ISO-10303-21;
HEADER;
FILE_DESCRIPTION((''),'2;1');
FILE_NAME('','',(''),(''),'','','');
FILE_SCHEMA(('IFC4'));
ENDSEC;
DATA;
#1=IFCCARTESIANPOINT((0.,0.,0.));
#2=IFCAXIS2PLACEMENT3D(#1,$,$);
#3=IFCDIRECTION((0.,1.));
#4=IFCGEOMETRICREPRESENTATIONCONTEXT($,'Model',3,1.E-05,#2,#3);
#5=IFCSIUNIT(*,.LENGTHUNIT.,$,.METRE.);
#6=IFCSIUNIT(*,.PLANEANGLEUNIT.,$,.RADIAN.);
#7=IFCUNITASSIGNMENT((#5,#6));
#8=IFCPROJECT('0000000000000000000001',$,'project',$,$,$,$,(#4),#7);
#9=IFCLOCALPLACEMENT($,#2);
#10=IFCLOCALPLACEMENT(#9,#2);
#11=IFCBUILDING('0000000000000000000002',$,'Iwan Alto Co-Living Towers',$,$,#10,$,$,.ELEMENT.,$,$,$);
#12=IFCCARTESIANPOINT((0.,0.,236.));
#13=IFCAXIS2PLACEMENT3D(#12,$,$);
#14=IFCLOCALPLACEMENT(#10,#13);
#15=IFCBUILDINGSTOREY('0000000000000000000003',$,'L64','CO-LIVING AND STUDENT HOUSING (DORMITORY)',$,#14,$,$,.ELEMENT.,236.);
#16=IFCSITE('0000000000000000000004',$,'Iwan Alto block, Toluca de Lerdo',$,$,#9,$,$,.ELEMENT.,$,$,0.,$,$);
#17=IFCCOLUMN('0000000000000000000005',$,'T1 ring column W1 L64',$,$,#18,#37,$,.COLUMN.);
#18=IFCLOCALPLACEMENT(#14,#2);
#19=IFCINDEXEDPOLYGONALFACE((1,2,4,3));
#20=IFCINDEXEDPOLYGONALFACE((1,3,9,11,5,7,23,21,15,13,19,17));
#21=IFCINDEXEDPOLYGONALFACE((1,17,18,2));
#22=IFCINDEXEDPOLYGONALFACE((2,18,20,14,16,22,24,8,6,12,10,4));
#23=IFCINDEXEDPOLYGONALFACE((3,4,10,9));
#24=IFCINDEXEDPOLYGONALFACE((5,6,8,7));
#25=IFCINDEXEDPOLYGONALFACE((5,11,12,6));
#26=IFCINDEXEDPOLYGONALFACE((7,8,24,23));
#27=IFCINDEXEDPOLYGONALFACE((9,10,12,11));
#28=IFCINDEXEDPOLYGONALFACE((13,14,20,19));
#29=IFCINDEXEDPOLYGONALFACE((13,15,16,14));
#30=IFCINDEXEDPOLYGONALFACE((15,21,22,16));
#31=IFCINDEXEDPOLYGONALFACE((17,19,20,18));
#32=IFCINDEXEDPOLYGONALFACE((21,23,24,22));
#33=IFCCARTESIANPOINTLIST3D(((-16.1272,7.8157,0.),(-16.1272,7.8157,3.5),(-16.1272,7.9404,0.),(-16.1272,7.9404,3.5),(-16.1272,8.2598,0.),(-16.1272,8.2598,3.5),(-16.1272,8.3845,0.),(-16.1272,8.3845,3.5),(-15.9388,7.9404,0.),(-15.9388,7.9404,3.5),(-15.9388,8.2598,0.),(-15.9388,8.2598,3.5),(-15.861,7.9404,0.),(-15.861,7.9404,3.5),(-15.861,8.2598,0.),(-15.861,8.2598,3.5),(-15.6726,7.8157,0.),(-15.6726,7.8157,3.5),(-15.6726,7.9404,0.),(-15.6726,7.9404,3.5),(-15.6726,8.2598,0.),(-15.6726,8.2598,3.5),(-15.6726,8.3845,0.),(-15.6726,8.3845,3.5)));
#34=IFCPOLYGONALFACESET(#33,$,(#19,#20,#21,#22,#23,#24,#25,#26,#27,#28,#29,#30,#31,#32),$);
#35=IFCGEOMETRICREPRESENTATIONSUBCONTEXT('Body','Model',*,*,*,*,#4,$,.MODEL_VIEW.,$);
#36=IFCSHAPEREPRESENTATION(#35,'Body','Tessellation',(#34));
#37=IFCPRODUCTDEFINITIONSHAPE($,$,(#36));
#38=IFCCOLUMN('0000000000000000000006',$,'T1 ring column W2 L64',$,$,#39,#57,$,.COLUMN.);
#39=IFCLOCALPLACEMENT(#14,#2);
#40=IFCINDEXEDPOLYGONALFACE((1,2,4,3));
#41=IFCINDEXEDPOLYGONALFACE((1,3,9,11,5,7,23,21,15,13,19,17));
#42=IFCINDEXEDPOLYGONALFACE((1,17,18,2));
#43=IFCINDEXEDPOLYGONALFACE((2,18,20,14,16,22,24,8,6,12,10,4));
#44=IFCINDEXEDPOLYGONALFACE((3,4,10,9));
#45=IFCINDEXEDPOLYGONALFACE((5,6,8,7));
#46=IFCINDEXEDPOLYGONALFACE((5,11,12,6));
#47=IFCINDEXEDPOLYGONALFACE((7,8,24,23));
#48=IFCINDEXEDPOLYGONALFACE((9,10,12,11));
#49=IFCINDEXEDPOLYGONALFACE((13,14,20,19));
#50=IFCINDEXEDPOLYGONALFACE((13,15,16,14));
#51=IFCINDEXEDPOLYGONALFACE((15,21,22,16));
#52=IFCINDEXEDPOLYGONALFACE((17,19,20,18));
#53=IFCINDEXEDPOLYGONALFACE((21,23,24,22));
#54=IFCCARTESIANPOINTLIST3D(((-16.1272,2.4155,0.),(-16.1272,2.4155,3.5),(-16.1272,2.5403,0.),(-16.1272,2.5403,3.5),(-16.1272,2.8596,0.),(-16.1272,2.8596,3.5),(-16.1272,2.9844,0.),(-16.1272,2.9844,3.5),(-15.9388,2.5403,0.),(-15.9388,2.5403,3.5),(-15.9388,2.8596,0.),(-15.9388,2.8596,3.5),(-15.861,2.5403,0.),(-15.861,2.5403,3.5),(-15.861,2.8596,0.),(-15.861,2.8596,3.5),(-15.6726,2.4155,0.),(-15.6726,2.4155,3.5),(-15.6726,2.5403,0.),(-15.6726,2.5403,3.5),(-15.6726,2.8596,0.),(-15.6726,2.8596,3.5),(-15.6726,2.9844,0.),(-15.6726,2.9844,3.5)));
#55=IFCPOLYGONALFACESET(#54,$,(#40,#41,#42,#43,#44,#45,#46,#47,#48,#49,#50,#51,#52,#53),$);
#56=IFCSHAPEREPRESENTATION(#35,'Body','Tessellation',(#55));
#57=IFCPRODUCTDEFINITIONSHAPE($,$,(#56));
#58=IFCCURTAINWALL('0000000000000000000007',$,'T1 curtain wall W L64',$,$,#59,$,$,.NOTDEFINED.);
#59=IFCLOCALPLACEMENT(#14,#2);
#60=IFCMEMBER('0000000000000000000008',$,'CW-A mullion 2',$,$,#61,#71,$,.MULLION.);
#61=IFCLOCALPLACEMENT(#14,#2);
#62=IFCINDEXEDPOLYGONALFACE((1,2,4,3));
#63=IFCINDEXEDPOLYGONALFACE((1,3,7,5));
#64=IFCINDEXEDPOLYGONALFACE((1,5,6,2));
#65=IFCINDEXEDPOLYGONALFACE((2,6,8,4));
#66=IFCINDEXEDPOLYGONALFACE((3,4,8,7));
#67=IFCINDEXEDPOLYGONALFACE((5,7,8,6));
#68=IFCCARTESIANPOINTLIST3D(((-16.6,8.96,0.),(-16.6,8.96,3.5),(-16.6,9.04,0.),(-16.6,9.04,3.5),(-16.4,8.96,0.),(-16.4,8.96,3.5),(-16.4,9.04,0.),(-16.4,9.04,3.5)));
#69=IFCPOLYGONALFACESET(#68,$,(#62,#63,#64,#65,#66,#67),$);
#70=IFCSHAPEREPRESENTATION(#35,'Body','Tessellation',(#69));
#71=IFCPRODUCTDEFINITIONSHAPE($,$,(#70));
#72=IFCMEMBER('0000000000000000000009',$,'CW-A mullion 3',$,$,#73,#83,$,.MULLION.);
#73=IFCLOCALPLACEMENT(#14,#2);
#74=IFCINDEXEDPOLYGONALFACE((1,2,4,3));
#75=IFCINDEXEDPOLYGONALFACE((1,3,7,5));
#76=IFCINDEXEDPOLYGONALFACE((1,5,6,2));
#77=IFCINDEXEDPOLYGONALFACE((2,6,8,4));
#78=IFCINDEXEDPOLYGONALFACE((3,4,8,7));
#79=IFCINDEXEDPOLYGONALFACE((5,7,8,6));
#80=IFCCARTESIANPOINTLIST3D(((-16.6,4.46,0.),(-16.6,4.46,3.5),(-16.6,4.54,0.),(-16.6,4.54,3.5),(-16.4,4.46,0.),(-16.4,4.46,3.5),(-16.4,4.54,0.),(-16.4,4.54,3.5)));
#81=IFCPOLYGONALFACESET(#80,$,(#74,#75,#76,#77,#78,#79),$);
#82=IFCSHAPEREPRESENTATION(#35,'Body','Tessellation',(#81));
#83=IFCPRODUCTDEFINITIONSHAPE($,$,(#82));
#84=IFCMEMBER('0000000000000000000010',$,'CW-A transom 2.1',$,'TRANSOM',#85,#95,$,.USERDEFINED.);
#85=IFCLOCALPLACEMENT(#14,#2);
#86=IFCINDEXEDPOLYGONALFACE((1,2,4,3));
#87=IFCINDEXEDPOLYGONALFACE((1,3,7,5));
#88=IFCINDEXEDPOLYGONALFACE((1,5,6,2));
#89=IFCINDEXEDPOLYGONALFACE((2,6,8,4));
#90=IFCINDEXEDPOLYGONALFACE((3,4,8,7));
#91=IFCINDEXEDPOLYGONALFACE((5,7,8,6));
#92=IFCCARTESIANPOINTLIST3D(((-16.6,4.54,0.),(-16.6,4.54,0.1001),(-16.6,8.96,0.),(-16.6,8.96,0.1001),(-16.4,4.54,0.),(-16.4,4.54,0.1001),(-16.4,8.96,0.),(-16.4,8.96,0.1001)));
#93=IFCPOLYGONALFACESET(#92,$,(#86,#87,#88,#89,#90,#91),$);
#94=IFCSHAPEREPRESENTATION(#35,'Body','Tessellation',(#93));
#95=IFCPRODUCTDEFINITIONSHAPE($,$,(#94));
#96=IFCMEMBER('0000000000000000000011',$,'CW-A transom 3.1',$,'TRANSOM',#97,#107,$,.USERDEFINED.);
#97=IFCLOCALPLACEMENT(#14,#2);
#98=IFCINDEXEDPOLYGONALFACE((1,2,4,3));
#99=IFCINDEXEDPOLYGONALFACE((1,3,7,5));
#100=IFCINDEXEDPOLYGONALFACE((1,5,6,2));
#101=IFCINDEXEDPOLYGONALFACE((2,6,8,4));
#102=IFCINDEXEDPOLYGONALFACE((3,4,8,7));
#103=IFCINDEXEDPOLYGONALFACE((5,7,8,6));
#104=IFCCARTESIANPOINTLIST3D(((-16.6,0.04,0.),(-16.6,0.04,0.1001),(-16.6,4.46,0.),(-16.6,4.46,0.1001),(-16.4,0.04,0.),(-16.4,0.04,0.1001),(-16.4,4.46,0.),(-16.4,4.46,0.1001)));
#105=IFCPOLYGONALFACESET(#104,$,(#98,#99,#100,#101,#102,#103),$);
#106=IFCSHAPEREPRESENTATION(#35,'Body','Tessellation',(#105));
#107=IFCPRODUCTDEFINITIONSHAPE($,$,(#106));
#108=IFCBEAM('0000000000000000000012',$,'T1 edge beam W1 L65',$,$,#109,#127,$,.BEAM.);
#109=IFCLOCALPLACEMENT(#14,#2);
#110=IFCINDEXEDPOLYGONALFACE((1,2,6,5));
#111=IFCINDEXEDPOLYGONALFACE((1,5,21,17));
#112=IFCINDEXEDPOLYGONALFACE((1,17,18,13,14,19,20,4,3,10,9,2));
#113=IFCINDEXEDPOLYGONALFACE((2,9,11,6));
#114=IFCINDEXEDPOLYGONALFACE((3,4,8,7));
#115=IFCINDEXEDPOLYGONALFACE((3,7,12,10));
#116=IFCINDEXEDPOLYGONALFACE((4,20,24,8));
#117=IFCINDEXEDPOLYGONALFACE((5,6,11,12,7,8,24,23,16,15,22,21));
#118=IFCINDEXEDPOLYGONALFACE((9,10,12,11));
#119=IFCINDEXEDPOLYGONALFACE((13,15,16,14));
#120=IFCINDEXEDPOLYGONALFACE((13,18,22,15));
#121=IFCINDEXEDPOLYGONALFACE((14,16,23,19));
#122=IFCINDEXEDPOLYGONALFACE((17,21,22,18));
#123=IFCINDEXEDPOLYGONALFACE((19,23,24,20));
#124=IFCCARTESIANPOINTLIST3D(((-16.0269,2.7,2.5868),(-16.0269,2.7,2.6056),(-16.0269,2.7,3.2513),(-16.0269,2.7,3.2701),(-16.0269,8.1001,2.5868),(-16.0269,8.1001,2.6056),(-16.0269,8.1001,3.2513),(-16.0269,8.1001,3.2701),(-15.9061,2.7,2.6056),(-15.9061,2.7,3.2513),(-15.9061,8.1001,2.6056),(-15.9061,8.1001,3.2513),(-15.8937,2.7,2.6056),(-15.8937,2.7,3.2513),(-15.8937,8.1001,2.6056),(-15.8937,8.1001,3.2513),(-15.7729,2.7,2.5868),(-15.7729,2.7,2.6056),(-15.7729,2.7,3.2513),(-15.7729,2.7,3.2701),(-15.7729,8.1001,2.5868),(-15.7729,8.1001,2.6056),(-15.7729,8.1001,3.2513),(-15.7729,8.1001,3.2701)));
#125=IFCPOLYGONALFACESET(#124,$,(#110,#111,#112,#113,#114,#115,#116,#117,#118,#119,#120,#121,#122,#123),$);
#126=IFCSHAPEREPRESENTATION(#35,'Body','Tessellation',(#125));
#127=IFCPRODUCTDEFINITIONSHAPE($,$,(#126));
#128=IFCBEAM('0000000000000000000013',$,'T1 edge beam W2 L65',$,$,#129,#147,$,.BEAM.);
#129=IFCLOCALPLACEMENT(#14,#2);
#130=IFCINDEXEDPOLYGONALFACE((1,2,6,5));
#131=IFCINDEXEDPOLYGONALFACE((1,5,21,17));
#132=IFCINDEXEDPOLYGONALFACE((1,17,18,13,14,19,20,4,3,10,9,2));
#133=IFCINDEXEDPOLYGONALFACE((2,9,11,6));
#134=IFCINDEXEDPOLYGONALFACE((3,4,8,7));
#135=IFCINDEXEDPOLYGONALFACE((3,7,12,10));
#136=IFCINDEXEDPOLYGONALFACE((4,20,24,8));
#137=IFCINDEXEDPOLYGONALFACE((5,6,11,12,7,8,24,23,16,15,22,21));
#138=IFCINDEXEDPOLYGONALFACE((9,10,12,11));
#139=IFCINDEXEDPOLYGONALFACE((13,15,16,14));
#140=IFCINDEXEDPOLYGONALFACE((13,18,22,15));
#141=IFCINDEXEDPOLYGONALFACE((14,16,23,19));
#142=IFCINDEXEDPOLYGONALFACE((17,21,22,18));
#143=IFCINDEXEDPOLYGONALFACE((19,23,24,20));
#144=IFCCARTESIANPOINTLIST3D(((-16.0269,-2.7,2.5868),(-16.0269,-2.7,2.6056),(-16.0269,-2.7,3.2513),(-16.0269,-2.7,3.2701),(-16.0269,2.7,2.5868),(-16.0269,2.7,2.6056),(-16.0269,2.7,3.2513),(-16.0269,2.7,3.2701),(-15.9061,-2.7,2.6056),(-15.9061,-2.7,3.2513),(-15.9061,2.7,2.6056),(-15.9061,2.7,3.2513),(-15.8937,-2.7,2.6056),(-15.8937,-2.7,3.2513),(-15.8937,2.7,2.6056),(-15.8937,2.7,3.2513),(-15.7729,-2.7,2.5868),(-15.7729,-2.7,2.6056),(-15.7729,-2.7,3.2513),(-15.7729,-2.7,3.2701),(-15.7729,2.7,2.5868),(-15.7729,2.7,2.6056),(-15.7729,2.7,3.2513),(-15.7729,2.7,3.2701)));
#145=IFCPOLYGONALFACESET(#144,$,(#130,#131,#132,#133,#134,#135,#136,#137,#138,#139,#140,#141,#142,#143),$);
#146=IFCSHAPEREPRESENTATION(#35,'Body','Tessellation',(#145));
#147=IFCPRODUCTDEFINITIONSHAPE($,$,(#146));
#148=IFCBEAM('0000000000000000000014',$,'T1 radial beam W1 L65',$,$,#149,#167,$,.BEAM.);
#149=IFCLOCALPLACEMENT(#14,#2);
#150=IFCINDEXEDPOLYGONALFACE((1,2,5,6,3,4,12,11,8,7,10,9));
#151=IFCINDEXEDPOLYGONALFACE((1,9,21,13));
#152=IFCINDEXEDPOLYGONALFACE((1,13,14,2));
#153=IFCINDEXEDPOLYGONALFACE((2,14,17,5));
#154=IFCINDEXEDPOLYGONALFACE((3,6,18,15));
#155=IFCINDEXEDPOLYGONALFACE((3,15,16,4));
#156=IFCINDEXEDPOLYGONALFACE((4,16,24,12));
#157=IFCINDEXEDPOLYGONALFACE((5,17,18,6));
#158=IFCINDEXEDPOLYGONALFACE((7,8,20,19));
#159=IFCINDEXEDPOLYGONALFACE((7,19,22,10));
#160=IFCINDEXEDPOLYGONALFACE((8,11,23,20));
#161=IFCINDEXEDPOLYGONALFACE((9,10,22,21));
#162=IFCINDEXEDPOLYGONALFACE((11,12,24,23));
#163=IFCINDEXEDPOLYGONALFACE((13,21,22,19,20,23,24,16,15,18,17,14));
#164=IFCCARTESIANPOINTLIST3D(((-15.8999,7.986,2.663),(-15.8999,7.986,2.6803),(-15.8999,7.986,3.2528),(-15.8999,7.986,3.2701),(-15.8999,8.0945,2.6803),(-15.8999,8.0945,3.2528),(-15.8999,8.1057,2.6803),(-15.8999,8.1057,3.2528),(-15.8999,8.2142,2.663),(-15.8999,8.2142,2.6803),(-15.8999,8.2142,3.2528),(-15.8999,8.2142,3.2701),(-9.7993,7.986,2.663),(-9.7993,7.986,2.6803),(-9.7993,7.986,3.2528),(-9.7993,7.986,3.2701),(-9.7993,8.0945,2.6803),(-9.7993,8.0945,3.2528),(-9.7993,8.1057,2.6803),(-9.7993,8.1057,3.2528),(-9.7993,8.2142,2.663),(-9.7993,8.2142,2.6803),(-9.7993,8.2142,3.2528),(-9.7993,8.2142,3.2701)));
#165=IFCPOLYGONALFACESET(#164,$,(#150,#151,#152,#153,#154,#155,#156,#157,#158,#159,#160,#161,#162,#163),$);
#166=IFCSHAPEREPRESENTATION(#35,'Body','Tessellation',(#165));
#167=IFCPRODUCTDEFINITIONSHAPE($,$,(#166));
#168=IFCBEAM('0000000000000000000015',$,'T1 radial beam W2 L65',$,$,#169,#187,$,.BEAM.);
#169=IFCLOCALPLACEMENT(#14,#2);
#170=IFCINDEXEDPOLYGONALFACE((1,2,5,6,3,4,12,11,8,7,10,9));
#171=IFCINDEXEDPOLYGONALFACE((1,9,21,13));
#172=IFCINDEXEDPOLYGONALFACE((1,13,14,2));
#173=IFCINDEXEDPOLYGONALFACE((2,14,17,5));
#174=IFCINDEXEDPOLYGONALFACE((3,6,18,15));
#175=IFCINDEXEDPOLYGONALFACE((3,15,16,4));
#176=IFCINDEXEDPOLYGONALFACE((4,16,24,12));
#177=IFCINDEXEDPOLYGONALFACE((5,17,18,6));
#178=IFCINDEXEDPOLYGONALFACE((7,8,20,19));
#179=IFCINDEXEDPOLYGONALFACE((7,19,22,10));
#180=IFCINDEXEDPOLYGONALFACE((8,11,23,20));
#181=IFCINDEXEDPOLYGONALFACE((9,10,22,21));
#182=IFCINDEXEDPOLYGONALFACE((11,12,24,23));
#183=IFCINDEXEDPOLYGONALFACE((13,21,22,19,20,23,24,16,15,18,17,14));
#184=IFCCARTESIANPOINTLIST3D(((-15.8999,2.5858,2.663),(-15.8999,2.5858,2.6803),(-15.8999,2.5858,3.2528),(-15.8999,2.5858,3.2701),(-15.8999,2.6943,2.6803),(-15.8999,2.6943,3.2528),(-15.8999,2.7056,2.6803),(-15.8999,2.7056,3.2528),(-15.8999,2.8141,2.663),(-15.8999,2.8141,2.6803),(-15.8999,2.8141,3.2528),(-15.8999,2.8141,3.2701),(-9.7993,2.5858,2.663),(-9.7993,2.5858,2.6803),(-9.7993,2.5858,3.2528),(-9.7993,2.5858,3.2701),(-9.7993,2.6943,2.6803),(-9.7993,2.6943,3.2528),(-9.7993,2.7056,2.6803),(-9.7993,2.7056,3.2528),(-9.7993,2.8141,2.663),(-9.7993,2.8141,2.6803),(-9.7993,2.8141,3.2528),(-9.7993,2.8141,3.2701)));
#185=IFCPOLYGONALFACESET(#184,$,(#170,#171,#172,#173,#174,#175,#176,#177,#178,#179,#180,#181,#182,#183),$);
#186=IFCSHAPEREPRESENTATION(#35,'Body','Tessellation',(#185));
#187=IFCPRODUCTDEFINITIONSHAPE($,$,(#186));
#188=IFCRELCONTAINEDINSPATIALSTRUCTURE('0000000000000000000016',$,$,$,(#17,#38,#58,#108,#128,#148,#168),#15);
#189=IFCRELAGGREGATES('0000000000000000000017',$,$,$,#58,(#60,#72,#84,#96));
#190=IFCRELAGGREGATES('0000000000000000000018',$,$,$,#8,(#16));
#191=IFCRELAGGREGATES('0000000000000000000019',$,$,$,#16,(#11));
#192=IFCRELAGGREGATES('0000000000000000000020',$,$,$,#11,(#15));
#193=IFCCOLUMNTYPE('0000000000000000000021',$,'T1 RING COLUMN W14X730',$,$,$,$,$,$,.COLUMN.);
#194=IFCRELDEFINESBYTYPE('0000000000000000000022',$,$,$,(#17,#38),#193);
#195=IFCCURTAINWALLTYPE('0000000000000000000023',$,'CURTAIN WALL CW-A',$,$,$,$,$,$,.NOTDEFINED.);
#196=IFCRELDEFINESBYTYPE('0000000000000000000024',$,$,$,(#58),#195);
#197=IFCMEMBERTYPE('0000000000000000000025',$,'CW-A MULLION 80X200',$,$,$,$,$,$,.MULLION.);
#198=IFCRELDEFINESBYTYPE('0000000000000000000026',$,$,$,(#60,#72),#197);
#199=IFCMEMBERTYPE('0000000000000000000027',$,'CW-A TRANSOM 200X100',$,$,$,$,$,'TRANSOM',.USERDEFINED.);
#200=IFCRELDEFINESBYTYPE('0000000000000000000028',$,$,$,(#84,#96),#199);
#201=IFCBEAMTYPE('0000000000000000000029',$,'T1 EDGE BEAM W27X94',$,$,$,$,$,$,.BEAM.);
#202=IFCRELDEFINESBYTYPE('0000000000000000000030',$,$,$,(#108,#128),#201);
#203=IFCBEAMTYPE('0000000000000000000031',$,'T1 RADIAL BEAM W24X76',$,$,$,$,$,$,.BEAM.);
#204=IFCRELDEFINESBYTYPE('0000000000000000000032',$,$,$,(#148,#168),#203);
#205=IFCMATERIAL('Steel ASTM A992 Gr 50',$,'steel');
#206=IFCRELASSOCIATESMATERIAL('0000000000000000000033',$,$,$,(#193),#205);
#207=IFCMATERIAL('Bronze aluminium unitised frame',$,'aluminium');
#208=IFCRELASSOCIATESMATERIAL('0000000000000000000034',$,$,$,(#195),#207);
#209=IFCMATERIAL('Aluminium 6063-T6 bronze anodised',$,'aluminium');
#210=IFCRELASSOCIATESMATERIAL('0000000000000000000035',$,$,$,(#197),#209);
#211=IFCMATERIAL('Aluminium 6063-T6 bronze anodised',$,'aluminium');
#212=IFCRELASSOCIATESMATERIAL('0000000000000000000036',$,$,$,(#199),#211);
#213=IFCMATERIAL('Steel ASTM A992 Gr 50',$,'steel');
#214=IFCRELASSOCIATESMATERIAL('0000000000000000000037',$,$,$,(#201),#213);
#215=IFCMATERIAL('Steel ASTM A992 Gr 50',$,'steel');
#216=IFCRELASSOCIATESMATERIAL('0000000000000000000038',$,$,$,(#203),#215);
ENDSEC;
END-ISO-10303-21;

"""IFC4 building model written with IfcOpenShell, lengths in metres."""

from ifc_helpers import new_model, si_unit, direction, frame, origin, origin_2d, place, context, subcontext, project, spatial, rectangle, i_section, extrude, material, material_profile, profile_set, type_object, element, aggregate, save


model = new_model("IFC4")

# Units and contexts
model_context = context("Model", 3, precision=1e-05, world=origin(), true_north=direction((0.0, 1.0)))
body_context = subcontext(model_context, "Body", "Model", "MODEL_VIEW")
ifc_project = project(units=[si_unit("LENGTHUNIT", "METRE"), si_unit("PLANEANGLEUNIT", "RADIAN")], contexts=[model_context])

# Site, building, storey
site_placement = place(None, origin())
site = spatial("IfcSite", under=ifc_project, at=site_placement, Name="Iwan Alto block, Toluca de Lerdo", CompositionType="ELEMENT", RefElevation=0.0)
building_placement = place(site_placement, origin())
building = spatial("IfcBuilding", under=site, at=building_placement, Name="Iwan Alto Co-Living Towers", CompositionType="ELEMENT")
storey_placement = place(building_placement, frame((0.0, 0.0, 236.0)))
storey = spatial("IfcBuildingStorey", under=building, at=storey_placement, Name="L64", Description="CO-LIVING AND STUDENT HOUSING (DORMITORY)", CompositionType="ELEMENT", Elevation=236.0)

# Columns
ifc_material_1 = material(Name="Steel ASTM A992 Gr 50", Category="steel")
ifc_material_profile_1 = material_profile(ifc_material_1, i_section(OverallWidth=0.4546, OverallDepth=0.5688, WebThickness=0.0779, FlangeThickness=0.1248, at=origin_2d()), Name="W14X730")
ifc_profile_set_1 = profile_set([ifc_material_profile_1], Name="Steel ASTM A992 Gr 50")
column_type = type_object("IfcColumnType", Name="T1 RING COLUMN W14X730", PredefinedType="COLUMN", material=ifc_profile_set_1)
for number, where, z_axis, x_axis, name in (
    (1, (-15.8999, 8.1001, 0.0), (0.0, 0.0, 1.0), (1.0, 0.0, 0.0), "T1 ring column W1 L64"),
    (2, (-15.8999, 2.7, 0.0), (0.0, 0.0, 1.0), (1.0, 0.0, 0.0), "T1 ring column W2 L64"),
):
    element("IfcColumn", number, at=place(storey_placement, frame(where, z_axis=z_axis, x_axis=x_axis)), inside=storey, type_object=column_type, Name=name, PredefinedType="COLUMN", context=body_context, shape_type="SweptSolid", body=[
        extrude(i_section(OverallWidth=0.4546, OverallDepth=0.5688, WebThickness=0.0779, FlangeThickness=0.1248, at=origin_2d()), origin(), (0.0, 0.0, 1.0), 3.5),
    ])

# Curtain wall, members
ifc_material_2 = material(Name="Bronze aluminium unitised frame", Category="aluminium")
curtain_wall_type = type_object("IfcCurtainWallType", Name="CURTAIN WALL CW-A", PredefinedType="NOTDEFINED", material=ifc_material_2)
curtain_wall_placement = place(storey_placement, origin())
curtain_wall = element("IfcCurtainWall", 3, at=curtain_wall_placement, inside=storey, type_object=curtain_wall_type, Name="T1 curtain wall W L64", PredefinedType="NOTDEFINED")
ifc_material_3 = material(Name="Aluminium 6063-T6 bronze anodised", Category="aluminium")
ifc_material_profile_2 = material_profile(ifc_material_3, rectangle(XDim=0.2, YDim=0.0801, at=origin_2d()), Name="AL 80X200")
ifc_profile_set_2 = profile_set([ifc_material_profile_2], Name="Aluminium 6063-T6 bronze anodised")
member_type_1 = type_object("IfcMemberType", Name="CW-A MULLION 80X200", PredefinedType="MULLION", material=ifc_profile_set_2)
member_1_placement = place(storey_placement, frame((-16.5, 9.0, 0.0), z_axis=(0.0, 0.0, 1.0), x_axis=(1.0, 0.0, 0.0)))
member_1 = element("IfcMember", 4, at=member_1_placement, type_object=member_type_1, Name="CW-A mullion 2", PredefinedType="MULLION", context=body_context, shape_type="SweptSolid", body=[
    extrude(rectangle(XDim=0.2, YDim=0.0801, at=origin_2d()), origin(), (0.0, 0.0, 1.0), 3.5),
])
member_2_placement = place(storey_placement, frame((-16.5, 4.5, 0.0), z_axis=(0.0, 0.0, 1.0), x_axis=(1.0, 0.0, 0.0)))
member_2 = element("IfcMember", 5, at=member_2_placement, type_object=member_type_1, Name="CW-A mullion 3", PredefinedType="MULLION", context=body_context, shape_type="SweptSolid", body=[
    extrude(rectangle(XDim=0.2, YDim=0.0801, at=origin_2d()), origin(), (0.0, 0.0, 1.0), 3.5),
])
ifc_material_4 = material(Name="Aluminium 6063-T6 bronze anodised", Category="aluminium")
ifc_material_profile_3 = material_profile(ifc_material_4, rectangle(XDim=0.2, YDim=0.1001, at=origin_2d()), Name="AL 200X100")
ifc_profile_set_3 = profile_set([ifc_material_profile_3], Name="Aluminium 6063-T6 bronze anodised")
member_type_2 = type_object("IfcMemberType", Name="CW-A TRANSOM 200X100", ElementType="TRANSOM", PredefinedType="USERDEFINED", material=ifc_profile_set_3)
member_3_placement = place(storey_placement, frame((-16.5, 8.96, 0.05), z_axis=(0.0, -1.0, 0.0), x_axis=(1.0, 0.0, 0.0)))
member_3 = element("IfcMember", 6, at=member_3_placement, type_object=member_type_2, Name="CW-A transom 2.1", ObjectType="TRANSOM", PredefinedType="USERDEFINED", context=body_context, shape_type="SweptSolid", body=[
    extrude(rectangle(XDim=0.2, YDim=0.1001, at=origin_2d()), origin(), (0.0, 0.0, 1.0), 4.4199),
])
member_4_placement = place(storey_placement, frame((-16.5, 4.46, 0.05), z_axis=(0.0, -1.0, 0.0), x_axis=(1.0, 0.0, 0.0)))
member_4 = element("IfcMember", 7, at=member_4_placement, type_object=member_type_2, Name="CW-A transom 3.1", ObjectType="TRANSOM", PredefinedType="USERDEFINED", context=body_context, shape_type="SweptSolid", body=[
    extrude(rectangle(XDim=0.2, YDim=0.1001, at=origin_2d()), origin(), (0.0, 0.0, 1.0), 4.4199),
])

# Beams
ifc_material_5 = material(Name="Steel ASTM A992 Gr 50", Category="steel")
ifc_material_profile_4 = material_profile(ifc_material_5, i_section(OverallWidth=0.2539, OverallDepth=0.6833, WebThickness=0.0125, FlangeThickness=0.0188, at=origin_2d()), Name="W27X94")
ifc_profile_set_4 = profile_set([ifc_material_profile_4], Name="Steel ASTM A992 Gr 50")
beam_type_1 = type_object("IfcBeamType", Name="T1 EDGE BEAM W27X94", PredefinedType="BEAM", material=ifc_profile_set_4)
beam_1_placement = place(storey_placement, frame((-15.8999, 8.1001, 2.9285), z_axis=(0.0, -1.0, 0.0), x_axis=(1.0, 0.0, 0.0)))
element("IfcBeam", 8, at=beam_1_placement, inside=storey, type_object=beam_type_1, Name="T1 edge beam W1 L65", PredefinedType="BEAM", context=body_context, shape_type="SweptSolid", body=[
    extrude(i_section(OverallWidth=0.2539, OverallDepth=0.6833, WebThickness=0.0125, FlangeThickness=0.0188, at=origin_2d()), origin(), (0.0, 0.0, 1.0), 5.4001),
])
beam_2_placement = place(storey_placement, frame((-15.8999, 2.7, 2.9285), z_axis=(0.0, -1.0, 0.0), x_axis=(1.0, 0.0, 0.0)))
element("IfcBeam", 9, at=beam_2_placement, inside=storey, type_object=beam_type_1, Name="T1 edge beam W2 L65", PredefinedType="BEAM", context=body_context, shape_type="SweptSolid", body=[
    extrude(i_section(OverallWidth=0.2539, OverallDepth=0.6833, WebThickness=0.0125, FlangeThickness=0.0188, at=origin_2d()), origin(), (0.0, 0.0, 1.0), 5.3999),
])
ifc_material_6 = material(Name="Steel ASTM A992 Gr 50", Category="steel")
ifc_material_profile_5 = material_profile(ifc_material_6, i_section(OverallWidth=0.2283, OverallDepth=0.6072, WebThickness=0.0112, FlangeThickness=0.0173, at=origin_2d()), Name="W24X76")
ifc_profile_set_5 = profile_set([ifc_material_profile_5], Name="Steel ASTM A992 Gr 50")
beam_type_2 = type_object("IfcBeamType", Name="T1 RADIAL BEAM W24X76", PredefinedType="BEAM", material=ifc_profile_set_5)
for number, where, z_axis, x_axis, name in (
    (10, (-15.8999, 8.1001, 2.9666), (1.0, 0.0, 0.0), (0.0, 1.0, 0.0), "T1 radial beam W1 L65"),
    (11, (-15.8999, 2.7, 2.9666), (1.0, 0.0, 0.0), (0.0, 1.0, 0.0), "T1 radial beam W2 L65"),
):
    element("IfcBeam", number, at=place(storey_placement, frame(where, z_axis=z_axis, x_axis=x_axis)), inside=storey, type_object=beam_type_2, Name=name, PredefinedType="BEAM", context=body_context, shape_type="SweptSolid", body=[
        extrude(i_section(OverallWidth=0.2283, OverallDepth=0.6072, WebThickness=0.0112, FlangeThickness=0.0173, at=origin_2d()), origin(), (0.0, 0.0, 1.0), 6.1006),
    ])

aggregate(curtain_wall, [member_1, member_2, member_3, member_4])

save(model, "model.ifc")
